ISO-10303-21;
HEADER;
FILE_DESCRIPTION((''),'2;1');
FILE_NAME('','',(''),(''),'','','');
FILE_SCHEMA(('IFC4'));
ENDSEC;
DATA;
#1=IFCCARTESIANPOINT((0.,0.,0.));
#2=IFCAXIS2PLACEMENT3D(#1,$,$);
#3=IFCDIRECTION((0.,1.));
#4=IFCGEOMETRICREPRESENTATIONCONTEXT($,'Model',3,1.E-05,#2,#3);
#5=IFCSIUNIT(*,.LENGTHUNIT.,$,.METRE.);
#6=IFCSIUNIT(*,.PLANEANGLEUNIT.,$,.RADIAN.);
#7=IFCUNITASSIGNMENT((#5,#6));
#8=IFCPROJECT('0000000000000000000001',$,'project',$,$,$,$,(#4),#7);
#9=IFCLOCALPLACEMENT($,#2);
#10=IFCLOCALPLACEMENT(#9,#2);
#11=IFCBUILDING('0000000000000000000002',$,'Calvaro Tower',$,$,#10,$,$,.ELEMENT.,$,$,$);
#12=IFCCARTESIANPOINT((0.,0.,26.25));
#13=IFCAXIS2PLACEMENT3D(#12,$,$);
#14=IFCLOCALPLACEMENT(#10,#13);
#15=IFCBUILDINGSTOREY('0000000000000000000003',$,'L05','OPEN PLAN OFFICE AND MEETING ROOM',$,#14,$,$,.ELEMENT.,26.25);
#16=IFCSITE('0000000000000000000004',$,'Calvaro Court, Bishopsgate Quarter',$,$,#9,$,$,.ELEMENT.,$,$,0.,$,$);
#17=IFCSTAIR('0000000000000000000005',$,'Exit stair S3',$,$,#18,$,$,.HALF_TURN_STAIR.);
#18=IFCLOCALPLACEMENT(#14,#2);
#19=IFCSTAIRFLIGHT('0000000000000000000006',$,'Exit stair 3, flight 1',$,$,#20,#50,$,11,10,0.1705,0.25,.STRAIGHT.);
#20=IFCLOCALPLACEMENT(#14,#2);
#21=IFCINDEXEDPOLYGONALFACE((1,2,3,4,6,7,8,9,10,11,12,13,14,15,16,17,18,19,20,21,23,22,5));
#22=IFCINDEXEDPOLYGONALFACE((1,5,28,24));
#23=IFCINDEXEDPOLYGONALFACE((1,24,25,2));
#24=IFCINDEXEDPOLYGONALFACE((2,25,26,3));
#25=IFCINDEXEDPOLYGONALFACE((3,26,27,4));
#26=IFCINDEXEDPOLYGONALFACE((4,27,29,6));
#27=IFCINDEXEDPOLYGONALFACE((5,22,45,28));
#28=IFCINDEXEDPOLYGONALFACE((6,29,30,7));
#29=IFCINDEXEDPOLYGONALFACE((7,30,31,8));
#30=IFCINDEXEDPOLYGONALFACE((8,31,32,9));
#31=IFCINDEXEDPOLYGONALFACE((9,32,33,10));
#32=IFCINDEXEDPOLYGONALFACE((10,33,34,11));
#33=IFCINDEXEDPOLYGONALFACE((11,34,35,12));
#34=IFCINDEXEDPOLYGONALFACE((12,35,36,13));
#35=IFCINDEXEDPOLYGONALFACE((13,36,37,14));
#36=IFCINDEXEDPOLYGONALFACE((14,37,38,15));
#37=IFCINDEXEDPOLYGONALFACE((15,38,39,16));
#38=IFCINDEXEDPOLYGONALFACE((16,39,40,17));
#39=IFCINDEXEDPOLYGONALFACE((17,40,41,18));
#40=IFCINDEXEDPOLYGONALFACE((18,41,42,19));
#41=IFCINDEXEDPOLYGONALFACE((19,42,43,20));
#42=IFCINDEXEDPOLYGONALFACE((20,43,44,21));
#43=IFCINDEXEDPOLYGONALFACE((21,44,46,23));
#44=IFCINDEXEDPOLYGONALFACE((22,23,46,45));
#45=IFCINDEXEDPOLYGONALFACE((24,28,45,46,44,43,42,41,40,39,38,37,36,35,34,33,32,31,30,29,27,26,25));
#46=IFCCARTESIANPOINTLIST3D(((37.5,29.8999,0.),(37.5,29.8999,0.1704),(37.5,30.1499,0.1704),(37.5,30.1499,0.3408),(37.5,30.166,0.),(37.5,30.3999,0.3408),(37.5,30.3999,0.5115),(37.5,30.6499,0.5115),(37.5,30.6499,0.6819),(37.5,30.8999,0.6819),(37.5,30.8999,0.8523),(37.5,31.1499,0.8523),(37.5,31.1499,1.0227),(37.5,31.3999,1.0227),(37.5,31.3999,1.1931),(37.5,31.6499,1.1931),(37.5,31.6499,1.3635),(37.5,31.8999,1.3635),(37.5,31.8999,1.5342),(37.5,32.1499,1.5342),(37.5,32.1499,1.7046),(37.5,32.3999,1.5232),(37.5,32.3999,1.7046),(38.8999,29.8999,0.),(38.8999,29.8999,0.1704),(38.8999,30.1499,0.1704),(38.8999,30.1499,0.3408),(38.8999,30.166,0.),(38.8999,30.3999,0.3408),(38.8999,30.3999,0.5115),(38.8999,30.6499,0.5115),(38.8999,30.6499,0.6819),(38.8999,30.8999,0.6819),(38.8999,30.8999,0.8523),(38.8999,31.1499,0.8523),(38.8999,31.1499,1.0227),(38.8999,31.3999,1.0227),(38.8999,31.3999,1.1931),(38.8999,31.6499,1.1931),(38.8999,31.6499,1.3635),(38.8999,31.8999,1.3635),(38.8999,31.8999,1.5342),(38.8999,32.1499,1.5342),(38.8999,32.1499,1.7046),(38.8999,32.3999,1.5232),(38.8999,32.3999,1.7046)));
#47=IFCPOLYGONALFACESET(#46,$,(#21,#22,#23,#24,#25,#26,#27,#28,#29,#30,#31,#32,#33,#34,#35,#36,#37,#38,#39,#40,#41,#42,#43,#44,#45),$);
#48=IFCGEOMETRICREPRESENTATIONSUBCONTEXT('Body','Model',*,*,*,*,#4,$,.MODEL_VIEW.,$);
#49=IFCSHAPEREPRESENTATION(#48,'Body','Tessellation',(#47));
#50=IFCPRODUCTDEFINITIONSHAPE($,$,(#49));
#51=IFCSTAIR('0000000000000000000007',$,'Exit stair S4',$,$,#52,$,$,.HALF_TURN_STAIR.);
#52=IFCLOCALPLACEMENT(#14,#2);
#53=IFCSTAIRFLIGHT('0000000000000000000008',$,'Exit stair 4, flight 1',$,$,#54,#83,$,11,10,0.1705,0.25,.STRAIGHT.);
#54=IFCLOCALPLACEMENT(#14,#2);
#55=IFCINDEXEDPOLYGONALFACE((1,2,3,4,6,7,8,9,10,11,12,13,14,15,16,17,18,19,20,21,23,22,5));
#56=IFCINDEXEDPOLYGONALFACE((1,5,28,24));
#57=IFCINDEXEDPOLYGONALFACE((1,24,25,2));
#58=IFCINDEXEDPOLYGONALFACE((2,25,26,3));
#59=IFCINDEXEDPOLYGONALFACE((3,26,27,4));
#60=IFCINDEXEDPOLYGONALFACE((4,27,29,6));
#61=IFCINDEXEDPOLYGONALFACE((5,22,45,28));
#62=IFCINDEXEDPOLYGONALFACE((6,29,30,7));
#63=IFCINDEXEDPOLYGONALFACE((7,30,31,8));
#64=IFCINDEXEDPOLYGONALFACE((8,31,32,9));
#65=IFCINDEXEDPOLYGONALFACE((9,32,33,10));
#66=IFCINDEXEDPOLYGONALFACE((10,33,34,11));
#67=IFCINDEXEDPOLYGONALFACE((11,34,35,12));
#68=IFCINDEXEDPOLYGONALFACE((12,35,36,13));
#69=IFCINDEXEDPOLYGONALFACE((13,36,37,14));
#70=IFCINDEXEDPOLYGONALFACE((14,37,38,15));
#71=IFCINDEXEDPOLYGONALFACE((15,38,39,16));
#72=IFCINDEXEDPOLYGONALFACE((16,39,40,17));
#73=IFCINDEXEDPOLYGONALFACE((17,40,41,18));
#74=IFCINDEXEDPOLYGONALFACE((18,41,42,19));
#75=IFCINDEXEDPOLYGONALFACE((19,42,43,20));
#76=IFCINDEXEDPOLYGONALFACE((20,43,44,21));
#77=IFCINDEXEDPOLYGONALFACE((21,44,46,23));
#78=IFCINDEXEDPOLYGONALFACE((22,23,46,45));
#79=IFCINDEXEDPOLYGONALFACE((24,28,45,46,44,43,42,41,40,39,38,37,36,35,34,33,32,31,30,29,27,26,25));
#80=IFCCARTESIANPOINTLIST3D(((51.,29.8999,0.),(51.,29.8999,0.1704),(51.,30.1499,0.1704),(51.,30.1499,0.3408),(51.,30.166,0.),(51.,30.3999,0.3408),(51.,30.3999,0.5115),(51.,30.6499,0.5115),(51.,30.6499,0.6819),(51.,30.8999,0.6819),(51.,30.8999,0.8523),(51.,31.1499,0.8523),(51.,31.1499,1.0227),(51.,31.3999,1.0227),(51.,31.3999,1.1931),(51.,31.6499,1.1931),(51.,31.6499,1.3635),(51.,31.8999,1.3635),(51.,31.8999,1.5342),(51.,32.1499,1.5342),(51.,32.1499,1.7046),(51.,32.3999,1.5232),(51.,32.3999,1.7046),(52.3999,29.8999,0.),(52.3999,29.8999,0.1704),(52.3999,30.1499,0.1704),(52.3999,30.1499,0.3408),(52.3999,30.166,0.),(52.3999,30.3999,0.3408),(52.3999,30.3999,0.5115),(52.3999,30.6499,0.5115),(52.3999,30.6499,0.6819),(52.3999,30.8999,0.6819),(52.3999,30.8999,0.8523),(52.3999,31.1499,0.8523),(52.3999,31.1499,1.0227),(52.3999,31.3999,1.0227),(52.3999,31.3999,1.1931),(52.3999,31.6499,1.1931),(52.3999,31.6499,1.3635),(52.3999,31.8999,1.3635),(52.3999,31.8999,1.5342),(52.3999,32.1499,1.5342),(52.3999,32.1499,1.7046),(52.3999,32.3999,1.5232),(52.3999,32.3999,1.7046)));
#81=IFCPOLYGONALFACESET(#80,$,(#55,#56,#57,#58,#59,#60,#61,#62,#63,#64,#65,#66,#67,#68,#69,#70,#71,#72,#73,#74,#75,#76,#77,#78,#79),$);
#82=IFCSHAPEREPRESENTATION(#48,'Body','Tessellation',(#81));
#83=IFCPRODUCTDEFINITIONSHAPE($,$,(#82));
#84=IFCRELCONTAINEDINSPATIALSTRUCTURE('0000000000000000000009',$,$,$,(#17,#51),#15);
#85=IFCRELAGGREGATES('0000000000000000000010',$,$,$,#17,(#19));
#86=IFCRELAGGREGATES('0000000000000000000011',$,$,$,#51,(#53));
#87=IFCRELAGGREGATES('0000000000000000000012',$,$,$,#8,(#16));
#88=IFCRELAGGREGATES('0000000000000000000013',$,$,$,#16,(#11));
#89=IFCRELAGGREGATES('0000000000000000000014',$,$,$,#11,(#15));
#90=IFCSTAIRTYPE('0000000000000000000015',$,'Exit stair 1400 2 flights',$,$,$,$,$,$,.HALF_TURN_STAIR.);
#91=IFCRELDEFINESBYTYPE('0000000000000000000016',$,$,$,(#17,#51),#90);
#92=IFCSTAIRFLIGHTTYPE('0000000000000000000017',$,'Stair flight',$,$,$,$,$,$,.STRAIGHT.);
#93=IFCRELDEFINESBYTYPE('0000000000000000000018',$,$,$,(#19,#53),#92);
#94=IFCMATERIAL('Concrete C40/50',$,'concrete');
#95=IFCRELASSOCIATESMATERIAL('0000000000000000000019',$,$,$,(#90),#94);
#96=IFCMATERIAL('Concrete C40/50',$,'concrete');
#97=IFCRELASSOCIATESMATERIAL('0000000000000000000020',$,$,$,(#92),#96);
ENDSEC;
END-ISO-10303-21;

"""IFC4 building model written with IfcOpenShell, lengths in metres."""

from ifc_helpers import new_model, si_unit, direction, frame, origin, place, context, subcontext, project, spatial, polyline, outline, extrude, material, type_object, element, aggregate, save


model = new_model("IFC4")

# Units and contexts
model_context = context("Model", 3, precision=1e-05, world=origin(), true_north=direction((0.0, 1.0)))
body_context = subcontext(model_context, "Body", "Model", "MODEL_VIEW")
ifc_project = project(units=[si_unit("LENGTHUNIT", "METRE"), si_unit("PLANEANGLEUNIT", "RADIAN")], contexts=[model_context])

# Site, building, storey
site_placement = place(None, origin())
site = spatial("IfcSite", under=ifc_project, at=site_placement, Name="Calvaro Court, Bishopsgate Quarter", CompositionType="ELEMENT", RefElevation=0.0)
building_placement = place(site_placement, origin())
building = spatial("IfcBuilding", under=site, at=building_placement, Name="Calvaro Tower", CompositionType="ELEMENT")
storey_placement = place(building_placement, frame((0.0, 0.0, 26.25)))
storey = spatial("IfcBuildingStorey", under=building, at=storey_placement, Name="L05", Description="OPEN PLAN OFFICE AND MEETING ROOM", CompositionType="ELEMENT", Elevation=26.25)

# Stairs, stair flights
ifc_material_1 = material(Name="Concrete C40/50", Category="concrete")
stair_type = type_object("IfcStairType", Name="Exit stair 1400 2 flights", PredefinedType="HALF_TURN_STAIR", material=ifc_material_1)
stair_1_placement = place(storey_placement, origin())
stair_1 = element("IfcStair", 1, at=stair_1_placement, inside=storey, type_object=stair_type, Name="Exit stair S3", PredefinedType="HALF_TURN_STAIR")
ifc_material_2 = material(Name="Concrete C40/50", Category="concrete")
stair_flight_type = type_object("IfcStairFlightType", Name="Stair flight", PredefinedType="STRAIGHT", material=ifc_material_2)
stair_flight_1_placement = place(storey_placement, frame((38.2, 29.8999, 0.0), z_axis=(0.0, 0.0, 1.0), x_axis=(0.0, 1.0, 0.0)))
stair_flight_1 = element("IfcStairFlight", 2, at=stair_flight_1_placement, type_object=stair_flight_type, Name="Exit stair 3, flight 1", NumberOfRisers=11, NumberOfTreads=10, PredefinedType="STRAIGHT", RiserHeight=0.1705, TreadLength=0.25, context=body_context, shape_type="SweptSolid", body=[
    extrude(outline(polyline([(0.0, 0.0), (0.0, 0.1704), (0.25, 0.1704), (0.25, 0.3408), (0.5, 0.3408), (0.5, 0.5115), (0.75, 0.5115), (0.75, 0.6819), (1.0, 0.6819), (1.0, 0.8523), (1.25, 0.8523), (1.25, 1.0227), (1.5, 1.0227), (1.5, 1.1931), (1.75, 1.1931), (1.75, 1.3635), (2.0, 1.3635), (2.0, 1.5342), (2.25, 1.5342), (2.25, 1.7046), (2.5, 1.7046), (2.5, 1.875), (2.5, 1.5232), (0.2661, 0.0), (0.0, 0.0)])), frame((0.0, 0.7, 0.0), z_axis=(0.0, -1.0, 0.0), x_axis=(1.0, 0.0, 0.0)), (0.0, 0.0, 1.0), 1.3999),
])
stair_2_placement = place(storey_placement, origin())
stair_2 = element("IfcStair", 3, at=stair_2_placement, inside=storey, type_object=stair_type, Name="Exit stair S4", PredefinedType="HALF_TURN_STAIR")
stair_flight_2_placement = place(storey_placement, frame((51.7, 29.8999, 0.0), z_axis=(0.0, 0.0, 1.0), x_axis=(0.0, 1.0, 0.0)))
stair_flight_2 = element("IfcStairFlight", 4, at=stair_flight_2_placement, type_object=stair_flight_type, Name="Exit stair 4, flight 1", NumberOfRisers=11, NumberOfTreads=10, PredefinedType="STRAIGHT", RiserHeight=0.1705, TreadLength=0.25, context=body_context, shape_type="SweptSolid", body=[
    extrude(outline(polyline([(0.0, 0.0), (0.0, 0.1704), (0.25, 0.1704), (0.25, 0.3408), (0.5, 0.3408), (0.5, 0.5115), (0.75, 0.5115), (0.75, 0.6819), (1.0, 0.6819), (1.0, 0.8523), (1.25, 0.8523), (1.25, 1.0227), (1.5, 1.0227), (1.5, 1.1931), (1.75, 1.1931), (1.75, 1.3635), (2.0, 1.3635), (2.0, 1.5342), (2.25, 1.5342), (2.25, 1.7046), (2.5, 1.7046), (2.5, 1.875), (2.5, 1.5232), (0.2661, 0.0), (0.0, 0.0)])), frame((0.0, 0.7, 0.0), z_axis=(0.0, -1.0, 0.0), x_axis=(1.0, 0.0, 0.0)), (0.0, 0.0, 1.0), 1.3999),
])

aggregate(stair_1, [stair_flight_1])
aggregate(stair_2, [stair_flight_2])

save(model, "model.ifc")
